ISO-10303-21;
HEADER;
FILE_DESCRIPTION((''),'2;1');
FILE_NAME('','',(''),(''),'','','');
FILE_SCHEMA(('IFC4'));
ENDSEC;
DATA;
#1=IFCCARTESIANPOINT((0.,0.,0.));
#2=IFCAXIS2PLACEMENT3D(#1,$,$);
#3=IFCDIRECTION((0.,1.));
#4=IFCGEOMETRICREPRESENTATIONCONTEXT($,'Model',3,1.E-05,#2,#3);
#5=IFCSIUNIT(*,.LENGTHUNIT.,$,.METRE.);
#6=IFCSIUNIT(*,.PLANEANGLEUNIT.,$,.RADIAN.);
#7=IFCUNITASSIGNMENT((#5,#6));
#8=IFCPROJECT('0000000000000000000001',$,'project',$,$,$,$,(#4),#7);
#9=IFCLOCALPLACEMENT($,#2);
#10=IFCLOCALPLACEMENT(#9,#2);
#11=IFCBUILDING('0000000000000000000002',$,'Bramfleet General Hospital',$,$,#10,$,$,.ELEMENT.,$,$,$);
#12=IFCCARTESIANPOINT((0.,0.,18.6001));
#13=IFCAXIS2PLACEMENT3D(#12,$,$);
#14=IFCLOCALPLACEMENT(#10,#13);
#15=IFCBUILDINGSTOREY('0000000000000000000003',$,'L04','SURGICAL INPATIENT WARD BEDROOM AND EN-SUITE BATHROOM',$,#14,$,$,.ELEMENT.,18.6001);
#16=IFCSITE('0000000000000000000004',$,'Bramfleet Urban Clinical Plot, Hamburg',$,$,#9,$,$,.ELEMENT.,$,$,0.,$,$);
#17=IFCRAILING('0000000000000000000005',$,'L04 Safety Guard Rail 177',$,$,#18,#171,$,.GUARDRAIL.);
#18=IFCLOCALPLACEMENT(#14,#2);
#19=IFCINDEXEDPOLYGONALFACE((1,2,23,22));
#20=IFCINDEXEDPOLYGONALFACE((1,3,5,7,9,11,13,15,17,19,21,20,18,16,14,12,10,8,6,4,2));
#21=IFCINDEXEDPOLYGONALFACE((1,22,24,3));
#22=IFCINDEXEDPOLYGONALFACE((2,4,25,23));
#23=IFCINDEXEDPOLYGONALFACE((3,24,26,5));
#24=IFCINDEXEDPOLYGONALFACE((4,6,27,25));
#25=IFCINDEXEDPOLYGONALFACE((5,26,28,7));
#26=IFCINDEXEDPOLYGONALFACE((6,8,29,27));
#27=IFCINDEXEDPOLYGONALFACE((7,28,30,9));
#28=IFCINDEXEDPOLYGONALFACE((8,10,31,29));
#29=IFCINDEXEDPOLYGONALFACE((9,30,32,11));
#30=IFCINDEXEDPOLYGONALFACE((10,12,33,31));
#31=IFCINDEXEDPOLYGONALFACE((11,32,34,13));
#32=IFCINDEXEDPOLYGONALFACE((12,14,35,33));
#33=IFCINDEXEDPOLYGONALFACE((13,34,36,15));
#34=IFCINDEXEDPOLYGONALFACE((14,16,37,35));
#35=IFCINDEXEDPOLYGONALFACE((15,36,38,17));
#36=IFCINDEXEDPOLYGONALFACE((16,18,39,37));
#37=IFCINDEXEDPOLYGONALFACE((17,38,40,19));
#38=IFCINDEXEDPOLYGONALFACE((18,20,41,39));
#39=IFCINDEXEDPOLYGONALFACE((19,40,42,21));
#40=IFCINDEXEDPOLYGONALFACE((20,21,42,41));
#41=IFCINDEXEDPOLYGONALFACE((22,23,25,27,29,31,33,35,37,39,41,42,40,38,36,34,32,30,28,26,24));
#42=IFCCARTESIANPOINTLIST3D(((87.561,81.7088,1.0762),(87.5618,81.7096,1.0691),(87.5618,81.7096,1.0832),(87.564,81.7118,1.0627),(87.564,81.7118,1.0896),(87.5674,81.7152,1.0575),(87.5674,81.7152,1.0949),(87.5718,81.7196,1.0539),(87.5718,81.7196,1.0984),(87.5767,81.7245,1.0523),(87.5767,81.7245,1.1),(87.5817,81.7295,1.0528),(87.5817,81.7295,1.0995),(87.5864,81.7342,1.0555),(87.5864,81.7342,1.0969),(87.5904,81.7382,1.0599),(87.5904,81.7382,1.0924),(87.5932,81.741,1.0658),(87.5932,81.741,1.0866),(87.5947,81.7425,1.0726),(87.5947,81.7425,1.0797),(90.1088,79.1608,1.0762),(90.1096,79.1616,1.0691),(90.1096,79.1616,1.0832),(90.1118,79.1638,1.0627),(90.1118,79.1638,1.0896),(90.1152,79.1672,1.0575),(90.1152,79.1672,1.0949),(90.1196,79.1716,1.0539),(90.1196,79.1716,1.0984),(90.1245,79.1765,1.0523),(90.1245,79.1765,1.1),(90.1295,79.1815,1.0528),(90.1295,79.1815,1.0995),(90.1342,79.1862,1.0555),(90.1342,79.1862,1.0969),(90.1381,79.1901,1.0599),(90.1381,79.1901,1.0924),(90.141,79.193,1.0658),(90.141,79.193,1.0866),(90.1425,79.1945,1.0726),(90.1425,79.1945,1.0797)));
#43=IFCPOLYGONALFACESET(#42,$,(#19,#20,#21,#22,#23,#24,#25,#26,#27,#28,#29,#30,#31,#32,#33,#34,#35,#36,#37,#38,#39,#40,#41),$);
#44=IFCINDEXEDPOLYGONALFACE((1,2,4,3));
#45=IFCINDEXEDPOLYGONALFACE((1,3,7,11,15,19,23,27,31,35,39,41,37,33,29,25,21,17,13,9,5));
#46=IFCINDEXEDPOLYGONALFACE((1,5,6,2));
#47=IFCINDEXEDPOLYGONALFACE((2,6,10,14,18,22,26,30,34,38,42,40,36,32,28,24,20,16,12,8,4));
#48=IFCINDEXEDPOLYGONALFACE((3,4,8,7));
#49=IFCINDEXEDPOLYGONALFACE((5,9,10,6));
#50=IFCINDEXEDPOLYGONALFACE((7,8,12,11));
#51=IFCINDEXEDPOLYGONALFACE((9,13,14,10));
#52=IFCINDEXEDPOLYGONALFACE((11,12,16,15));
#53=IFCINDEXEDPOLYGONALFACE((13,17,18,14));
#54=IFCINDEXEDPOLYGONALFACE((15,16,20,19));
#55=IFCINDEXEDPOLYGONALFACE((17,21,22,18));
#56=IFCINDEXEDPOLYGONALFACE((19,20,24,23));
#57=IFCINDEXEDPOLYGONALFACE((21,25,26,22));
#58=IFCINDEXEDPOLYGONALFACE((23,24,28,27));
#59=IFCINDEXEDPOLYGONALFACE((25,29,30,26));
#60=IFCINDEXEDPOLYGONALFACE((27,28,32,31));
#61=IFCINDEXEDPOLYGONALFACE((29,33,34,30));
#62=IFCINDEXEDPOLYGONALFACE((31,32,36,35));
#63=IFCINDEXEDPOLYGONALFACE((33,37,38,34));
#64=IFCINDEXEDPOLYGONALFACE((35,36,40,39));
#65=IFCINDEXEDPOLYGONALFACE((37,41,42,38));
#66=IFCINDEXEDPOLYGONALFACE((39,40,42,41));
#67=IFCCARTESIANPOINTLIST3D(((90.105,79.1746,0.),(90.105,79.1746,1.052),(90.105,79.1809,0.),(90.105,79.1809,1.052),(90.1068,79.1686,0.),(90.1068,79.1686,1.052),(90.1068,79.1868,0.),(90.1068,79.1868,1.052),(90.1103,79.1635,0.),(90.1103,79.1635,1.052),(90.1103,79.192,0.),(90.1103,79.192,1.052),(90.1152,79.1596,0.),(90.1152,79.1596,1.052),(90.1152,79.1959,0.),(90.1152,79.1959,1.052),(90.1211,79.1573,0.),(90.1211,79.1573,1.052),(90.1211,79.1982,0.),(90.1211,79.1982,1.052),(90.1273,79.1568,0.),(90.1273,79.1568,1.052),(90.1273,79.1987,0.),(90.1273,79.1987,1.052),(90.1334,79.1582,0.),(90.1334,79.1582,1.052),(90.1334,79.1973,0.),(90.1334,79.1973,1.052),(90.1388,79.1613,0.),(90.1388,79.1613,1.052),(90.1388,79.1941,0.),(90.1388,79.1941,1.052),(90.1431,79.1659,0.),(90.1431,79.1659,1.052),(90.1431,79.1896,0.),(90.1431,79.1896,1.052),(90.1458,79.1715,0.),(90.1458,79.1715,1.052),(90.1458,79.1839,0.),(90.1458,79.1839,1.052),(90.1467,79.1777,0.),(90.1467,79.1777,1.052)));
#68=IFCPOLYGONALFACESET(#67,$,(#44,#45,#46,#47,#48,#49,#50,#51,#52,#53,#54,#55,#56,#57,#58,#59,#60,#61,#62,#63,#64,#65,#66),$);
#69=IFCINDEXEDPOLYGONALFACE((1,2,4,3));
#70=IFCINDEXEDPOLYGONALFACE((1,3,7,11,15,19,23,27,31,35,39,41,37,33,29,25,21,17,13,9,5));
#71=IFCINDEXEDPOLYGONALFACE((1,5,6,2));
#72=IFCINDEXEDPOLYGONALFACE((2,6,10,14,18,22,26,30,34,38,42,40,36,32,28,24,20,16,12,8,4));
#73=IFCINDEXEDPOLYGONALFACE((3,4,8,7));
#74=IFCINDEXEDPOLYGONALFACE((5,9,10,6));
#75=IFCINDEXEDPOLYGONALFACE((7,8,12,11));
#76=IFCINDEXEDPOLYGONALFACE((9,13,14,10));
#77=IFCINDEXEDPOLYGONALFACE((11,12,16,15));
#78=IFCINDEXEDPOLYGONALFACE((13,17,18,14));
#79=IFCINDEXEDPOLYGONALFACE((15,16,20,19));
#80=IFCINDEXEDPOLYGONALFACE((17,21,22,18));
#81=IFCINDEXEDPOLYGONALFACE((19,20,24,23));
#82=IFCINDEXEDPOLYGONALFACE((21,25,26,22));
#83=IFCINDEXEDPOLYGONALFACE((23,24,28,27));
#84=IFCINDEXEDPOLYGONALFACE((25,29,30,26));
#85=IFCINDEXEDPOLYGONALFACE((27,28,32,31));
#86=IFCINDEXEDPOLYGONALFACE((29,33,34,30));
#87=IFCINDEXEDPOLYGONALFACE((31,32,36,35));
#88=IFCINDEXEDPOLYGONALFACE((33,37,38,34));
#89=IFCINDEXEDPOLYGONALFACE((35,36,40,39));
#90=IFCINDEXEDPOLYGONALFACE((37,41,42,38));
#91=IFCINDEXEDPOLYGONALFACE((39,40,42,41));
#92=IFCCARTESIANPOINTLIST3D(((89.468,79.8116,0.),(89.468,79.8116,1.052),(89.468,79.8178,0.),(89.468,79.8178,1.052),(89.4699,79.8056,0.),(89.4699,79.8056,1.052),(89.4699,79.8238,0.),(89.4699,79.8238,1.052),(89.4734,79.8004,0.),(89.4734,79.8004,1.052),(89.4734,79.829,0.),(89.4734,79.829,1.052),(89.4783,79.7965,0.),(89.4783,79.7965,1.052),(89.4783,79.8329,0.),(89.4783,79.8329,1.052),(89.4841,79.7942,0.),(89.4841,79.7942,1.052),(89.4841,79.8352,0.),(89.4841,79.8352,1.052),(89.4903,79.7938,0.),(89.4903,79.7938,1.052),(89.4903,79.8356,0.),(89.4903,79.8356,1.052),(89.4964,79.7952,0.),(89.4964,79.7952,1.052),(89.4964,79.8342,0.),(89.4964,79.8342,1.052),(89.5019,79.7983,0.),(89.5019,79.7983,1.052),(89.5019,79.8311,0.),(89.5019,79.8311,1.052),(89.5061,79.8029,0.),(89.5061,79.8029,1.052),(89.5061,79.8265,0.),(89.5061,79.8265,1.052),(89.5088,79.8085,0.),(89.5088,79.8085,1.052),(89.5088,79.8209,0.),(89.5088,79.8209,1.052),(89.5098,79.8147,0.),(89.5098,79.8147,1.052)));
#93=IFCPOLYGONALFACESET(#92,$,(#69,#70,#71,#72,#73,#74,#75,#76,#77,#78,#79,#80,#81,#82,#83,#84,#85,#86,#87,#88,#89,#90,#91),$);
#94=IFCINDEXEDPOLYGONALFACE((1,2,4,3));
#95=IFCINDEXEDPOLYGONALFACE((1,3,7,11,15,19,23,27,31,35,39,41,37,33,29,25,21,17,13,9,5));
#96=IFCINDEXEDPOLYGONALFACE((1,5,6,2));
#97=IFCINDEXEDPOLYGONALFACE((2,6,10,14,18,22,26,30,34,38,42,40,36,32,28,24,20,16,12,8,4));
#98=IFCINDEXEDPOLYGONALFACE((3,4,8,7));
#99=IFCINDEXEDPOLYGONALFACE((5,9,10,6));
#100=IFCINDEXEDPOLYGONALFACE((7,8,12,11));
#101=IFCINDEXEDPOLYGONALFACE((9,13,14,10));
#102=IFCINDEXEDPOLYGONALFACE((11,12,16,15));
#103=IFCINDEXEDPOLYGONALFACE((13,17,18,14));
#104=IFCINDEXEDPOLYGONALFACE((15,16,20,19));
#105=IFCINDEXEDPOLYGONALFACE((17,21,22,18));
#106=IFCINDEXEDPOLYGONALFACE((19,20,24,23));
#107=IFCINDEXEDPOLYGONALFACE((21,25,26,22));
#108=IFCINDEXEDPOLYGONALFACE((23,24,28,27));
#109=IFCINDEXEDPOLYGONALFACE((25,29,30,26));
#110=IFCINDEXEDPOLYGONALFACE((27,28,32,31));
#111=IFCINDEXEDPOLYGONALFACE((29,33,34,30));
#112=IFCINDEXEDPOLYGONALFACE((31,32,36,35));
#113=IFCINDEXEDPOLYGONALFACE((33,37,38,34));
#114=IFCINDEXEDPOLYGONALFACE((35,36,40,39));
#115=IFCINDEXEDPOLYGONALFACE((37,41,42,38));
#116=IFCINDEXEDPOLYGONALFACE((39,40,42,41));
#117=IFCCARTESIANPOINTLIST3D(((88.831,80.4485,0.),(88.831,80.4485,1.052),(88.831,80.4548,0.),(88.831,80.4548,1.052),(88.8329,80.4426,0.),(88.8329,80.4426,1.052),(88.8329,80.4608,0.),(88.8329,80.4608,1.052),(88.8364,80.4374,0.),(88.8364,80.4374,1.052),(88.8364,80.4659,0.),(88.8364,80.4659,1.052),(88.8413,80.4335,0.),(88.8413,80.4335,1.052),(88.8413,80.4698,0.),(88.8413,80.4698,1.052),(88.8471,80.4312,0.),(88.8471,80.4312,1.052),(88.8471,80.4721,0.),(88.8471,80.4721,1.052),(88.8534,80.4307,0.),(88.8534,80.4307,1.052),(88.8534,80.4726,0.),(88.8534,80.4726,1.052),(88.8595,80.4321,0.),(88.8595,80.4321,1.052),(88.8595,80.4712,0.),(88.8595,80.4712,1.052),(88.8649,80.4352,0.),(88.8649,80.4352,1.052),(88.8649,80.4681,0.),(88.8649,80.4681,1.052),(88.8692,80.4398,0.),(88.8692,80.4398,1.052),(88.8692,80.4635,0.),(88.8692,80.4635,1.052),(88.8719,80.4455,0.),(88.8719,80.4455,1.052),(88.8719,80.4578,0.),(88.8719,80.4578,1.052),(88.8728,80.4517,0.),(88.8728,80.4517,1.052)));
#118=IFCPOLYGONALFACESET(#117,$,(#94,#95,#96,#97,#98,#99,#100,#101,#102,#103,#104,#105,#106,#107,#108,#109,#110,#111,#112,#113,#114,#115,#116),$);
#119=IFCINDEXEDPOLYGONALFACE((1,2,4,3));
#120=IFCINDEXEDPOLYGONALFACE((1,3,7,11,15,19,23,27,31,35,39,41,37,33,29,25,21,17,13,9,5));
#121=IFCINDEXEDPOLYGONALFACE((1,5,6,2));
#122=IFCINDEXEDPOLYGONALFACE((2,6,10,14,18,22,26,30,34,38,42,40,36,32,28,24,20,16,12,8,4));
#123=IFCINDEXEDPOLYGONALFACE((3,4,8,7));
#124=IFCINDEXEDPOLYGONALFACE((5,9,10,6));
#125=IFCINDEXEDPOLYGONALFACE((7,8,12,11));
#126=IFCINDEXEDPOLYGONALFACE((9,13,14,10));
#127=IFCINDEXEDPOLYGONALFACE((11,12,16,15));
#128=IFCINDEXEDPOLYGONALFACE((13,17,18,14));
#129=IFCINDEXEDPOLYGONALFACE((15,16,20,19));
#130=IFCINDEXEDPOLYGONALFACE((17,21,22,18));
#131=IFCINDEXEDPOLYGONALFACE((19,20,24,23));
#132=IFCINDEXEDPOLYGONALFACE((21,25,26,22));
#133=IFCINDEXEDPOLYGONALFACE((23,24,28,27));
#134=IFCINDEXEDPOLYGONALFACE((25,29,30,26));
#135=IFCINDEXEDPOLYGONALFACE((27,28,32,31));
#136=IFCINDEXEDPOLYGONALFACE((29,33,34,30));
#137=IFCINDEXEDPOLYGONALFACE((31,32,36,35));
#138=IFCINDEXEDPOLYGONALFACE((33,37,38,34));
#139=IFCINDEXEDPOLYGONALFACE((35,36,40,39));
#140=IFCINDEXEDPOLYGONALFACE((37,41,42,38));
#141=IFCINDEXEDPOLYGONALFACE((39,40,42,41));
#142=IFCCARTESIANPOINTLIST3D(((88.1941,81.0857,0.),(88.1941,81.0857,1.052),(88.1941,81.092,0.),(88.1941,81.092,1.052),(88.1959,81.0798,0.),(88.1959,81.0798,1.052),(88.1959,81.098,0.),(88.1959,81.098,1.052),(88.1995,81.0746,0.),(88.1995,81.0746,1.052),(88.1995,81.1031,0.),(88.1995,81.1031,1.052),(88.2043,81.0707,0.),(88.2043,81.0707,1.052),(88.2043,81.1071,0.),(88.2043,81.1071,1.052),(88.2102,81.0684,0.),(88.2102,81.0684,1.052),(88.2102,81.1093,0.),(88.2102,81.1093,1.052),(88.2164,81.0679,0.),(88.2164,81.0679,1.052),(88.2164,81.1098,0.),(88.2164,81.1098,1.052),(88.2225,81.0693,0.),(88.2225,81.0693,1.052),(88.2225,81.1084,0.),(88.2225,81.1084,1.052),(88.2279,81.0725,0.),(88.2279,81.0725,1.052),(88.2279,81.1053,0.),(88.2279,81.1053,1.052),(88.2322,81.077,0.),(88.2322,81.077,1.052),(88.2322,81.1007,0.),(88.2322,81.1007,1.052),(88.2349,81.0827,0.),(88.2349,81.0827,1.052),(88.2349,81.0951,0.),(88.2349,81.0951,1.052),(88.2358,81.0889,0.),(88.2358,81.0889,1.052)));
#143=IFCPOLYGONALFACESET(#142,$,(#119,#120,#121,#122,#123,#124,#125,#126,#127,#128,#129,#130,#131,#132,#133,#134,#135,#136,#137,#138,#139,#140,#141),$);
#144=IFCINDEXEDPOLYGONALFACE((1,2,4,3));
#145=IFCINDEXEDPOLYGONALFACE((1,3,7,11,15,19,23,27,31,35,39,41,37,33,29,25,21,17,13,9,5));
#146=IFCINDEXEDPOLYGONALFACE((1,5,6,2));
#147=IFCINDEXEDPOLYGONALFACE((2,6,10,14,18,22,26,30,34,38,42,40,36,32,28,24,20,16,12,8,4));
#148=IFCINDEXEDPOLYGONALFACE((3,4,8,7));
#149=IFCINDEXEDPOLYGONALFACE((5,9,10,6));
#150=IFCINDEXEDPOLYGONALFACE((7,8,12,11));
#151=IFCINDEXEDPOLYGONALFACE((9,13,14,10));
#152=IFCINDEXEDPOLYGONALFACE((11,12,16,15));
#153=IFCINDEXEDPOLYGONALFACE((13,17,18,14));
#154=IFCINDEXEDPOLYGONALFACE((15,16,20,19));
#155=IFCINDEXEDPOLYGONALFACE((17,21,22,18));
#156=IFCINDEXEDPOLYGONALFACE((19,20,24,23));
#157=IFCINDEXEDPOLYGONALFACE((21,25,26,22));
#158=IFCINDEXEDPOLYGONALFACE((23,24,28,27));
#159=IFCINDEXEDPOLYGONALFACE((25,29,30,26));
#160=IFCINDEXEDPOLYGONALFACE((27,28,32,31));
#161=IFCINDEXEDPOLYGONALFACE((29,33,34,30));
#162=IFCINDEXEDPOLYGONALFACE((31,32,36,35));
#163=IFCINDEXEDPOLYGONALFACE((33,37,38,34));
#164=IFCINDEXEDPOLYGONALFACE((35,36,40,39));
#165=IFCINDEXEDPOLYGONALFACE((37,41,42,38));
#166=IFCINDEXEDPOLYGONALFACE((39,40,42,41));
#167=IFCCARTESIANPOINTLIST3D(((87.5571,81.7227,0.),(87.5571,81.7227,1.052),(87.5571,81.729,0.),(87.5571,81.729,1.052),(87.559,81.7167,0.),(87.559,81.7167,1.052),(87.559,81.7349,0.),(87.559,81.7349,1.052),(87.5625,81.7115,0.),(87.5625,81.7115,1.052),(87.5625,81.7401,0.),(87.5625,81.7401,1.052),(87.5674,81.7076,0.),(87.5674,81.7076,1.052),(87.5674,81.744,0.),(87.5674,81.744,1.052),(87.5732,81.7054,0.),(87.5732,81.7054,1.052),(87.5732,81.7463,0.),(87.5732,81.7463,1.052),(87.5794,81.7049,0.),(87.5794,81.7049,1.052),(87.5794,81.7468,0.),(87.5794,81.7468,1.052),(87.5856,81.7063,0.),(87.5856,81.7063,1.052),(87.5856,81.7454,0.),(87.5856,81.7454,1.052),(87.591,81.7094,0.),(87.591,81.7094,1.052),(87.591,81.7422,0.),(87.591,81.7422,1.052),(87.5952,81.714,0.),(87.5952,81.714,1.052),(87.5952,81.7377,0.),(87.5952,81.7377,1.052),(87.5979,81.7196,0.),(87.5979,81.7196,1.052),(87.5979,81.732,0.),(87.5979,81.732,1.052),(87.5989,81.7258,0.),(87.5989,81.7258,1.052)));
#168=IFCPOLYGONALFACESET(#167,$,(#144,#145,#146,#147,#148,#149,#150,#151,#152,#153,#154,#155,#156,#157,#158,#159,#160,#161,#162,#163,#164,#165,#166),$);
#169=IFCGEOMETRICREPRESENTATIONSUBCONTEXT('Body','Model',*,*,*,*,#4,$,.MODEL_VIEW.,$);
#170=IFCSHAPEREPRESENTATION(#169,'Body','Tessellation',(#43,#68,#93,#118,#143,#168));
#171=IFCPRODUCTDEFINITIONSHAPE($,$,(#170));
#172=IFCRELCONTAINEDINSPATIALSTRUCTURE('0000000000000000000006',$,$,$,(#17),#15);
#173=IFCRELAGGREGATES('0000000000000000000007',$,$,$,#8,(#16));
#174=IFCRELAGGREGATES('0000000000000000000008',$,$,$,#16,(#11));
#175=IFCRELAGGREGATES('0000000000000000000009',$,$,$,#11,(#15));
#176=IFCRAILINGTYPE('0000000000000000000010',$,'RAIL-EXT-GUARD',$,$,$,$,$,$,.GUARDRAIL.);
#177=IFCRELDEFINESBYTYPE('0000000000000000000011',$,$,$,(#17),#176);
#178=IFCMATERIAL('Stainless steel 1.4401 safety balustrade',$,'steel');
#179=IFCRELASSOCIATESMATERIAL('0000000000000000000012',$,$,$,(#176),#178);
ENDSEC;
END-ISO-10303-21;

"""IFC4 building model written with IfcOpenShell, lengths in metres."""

from ifc_helpers import new_model, si_unit, direction, frame, origin, origin_2d, place, context, subcontext, project, spatial, circle, extrude, material, type_object, element, save


model = new_model("IFC4")

# Units and contexts
model_context = context("Model", 3, precision=1e-05, world=origin(), true_north=direction((0.0, 1.0)))
body_context = subcontext(model_context, "Body", "Model", "MODEL_VIEW")
ifc_project = project(units=[si_unit("LENGTHUNIT", "METRE"), si_unit("PLANEANGLEUNIT", "RADIAN")], contexts=[model_context])

# Site, building, storey
site_placement = place(None, origin())
site = spatial("IfcSite", under=ifc_project, at=site_placement, Name="Bramfleet Urban Clinical Plot, Hamburg", CompositionType="ELEMENT", RefElevation=0.0)
building_placement = place(site_placement, origin())
building = spatial("IfcBuilding", under=site, at=building_placement, Name="Bramfleet General Hospital", CompositionType="ELEMENT")
storey_placement = place(building_placement, frame((0.0, 0.0, 18.6001)))
storey = spatial("IfcBuildingStorey", under=building, at=storey_placement, Name="L04", Description="SURGICAL INPATIENT WARD BEDROOM AND EN-SUITE BATHROOM", CompositionType="ELEMENT", Elevation=18.6001)

# Railing
ifc_material_1 = material(Name="Stainless steel 1.4401 safety balustrade", Category="steel")
railing_type = type_object("IfcRailingType", Name="RAIL-EXT-GUARD", PredefinedType="GUARDRAIL", material=ifc_material_1)
railing_1_placement = place(storey_placement, frame((90.1257, 79.1777, 0.0)))
element("IfcRailing", 1, at=railing_1_placement, inside=storey, type_object=railing_type, Name="L04 Safety Guard Rail 177", PredefinedType="GUARDRAIL", context=body_context, shape_type="SweptSolid", body=[
    extrude(circle(Radius=0.0239, at=origin_2d()), frame((0.0, 0.0, 1.0762), z_axis=(-0.707073, 0.707141, 0.0), x_axis=(-0.707141, -0.707073, 0.0)), (0.0, 0.0, 1.0), 3.6033),
    extrude(circle(Radius=0.021, at=origin_2d()), origin(), (0.0, 0.0, 1.0), 1.052),
    extrude(circle(Radius=0.021, at=origin_2d()), frame((-0.637, 0.637, 0.0)), (0.0, 0.0, 1.0), 1.052),
    extrude(circle(Radius=0.021, at=origin_2d()), frame((-1.2739, 1.2739, 0.0)), (0.0, 0.0, 1.0), 1.052),
    extrude(circle(Radius=0.021, at=origin_2d()), frame((-1.9109, 1.9111, 0.0)), (0.0, 0.0, 1.0), 1.052),
    extrude(circle(Radius=0.021, at=origin_2d()), frame((-2.5479, 2.5481, 0.0)), (0.0, 0.0, 1.0), 1.052),
])

save(model, "model.ifc")
